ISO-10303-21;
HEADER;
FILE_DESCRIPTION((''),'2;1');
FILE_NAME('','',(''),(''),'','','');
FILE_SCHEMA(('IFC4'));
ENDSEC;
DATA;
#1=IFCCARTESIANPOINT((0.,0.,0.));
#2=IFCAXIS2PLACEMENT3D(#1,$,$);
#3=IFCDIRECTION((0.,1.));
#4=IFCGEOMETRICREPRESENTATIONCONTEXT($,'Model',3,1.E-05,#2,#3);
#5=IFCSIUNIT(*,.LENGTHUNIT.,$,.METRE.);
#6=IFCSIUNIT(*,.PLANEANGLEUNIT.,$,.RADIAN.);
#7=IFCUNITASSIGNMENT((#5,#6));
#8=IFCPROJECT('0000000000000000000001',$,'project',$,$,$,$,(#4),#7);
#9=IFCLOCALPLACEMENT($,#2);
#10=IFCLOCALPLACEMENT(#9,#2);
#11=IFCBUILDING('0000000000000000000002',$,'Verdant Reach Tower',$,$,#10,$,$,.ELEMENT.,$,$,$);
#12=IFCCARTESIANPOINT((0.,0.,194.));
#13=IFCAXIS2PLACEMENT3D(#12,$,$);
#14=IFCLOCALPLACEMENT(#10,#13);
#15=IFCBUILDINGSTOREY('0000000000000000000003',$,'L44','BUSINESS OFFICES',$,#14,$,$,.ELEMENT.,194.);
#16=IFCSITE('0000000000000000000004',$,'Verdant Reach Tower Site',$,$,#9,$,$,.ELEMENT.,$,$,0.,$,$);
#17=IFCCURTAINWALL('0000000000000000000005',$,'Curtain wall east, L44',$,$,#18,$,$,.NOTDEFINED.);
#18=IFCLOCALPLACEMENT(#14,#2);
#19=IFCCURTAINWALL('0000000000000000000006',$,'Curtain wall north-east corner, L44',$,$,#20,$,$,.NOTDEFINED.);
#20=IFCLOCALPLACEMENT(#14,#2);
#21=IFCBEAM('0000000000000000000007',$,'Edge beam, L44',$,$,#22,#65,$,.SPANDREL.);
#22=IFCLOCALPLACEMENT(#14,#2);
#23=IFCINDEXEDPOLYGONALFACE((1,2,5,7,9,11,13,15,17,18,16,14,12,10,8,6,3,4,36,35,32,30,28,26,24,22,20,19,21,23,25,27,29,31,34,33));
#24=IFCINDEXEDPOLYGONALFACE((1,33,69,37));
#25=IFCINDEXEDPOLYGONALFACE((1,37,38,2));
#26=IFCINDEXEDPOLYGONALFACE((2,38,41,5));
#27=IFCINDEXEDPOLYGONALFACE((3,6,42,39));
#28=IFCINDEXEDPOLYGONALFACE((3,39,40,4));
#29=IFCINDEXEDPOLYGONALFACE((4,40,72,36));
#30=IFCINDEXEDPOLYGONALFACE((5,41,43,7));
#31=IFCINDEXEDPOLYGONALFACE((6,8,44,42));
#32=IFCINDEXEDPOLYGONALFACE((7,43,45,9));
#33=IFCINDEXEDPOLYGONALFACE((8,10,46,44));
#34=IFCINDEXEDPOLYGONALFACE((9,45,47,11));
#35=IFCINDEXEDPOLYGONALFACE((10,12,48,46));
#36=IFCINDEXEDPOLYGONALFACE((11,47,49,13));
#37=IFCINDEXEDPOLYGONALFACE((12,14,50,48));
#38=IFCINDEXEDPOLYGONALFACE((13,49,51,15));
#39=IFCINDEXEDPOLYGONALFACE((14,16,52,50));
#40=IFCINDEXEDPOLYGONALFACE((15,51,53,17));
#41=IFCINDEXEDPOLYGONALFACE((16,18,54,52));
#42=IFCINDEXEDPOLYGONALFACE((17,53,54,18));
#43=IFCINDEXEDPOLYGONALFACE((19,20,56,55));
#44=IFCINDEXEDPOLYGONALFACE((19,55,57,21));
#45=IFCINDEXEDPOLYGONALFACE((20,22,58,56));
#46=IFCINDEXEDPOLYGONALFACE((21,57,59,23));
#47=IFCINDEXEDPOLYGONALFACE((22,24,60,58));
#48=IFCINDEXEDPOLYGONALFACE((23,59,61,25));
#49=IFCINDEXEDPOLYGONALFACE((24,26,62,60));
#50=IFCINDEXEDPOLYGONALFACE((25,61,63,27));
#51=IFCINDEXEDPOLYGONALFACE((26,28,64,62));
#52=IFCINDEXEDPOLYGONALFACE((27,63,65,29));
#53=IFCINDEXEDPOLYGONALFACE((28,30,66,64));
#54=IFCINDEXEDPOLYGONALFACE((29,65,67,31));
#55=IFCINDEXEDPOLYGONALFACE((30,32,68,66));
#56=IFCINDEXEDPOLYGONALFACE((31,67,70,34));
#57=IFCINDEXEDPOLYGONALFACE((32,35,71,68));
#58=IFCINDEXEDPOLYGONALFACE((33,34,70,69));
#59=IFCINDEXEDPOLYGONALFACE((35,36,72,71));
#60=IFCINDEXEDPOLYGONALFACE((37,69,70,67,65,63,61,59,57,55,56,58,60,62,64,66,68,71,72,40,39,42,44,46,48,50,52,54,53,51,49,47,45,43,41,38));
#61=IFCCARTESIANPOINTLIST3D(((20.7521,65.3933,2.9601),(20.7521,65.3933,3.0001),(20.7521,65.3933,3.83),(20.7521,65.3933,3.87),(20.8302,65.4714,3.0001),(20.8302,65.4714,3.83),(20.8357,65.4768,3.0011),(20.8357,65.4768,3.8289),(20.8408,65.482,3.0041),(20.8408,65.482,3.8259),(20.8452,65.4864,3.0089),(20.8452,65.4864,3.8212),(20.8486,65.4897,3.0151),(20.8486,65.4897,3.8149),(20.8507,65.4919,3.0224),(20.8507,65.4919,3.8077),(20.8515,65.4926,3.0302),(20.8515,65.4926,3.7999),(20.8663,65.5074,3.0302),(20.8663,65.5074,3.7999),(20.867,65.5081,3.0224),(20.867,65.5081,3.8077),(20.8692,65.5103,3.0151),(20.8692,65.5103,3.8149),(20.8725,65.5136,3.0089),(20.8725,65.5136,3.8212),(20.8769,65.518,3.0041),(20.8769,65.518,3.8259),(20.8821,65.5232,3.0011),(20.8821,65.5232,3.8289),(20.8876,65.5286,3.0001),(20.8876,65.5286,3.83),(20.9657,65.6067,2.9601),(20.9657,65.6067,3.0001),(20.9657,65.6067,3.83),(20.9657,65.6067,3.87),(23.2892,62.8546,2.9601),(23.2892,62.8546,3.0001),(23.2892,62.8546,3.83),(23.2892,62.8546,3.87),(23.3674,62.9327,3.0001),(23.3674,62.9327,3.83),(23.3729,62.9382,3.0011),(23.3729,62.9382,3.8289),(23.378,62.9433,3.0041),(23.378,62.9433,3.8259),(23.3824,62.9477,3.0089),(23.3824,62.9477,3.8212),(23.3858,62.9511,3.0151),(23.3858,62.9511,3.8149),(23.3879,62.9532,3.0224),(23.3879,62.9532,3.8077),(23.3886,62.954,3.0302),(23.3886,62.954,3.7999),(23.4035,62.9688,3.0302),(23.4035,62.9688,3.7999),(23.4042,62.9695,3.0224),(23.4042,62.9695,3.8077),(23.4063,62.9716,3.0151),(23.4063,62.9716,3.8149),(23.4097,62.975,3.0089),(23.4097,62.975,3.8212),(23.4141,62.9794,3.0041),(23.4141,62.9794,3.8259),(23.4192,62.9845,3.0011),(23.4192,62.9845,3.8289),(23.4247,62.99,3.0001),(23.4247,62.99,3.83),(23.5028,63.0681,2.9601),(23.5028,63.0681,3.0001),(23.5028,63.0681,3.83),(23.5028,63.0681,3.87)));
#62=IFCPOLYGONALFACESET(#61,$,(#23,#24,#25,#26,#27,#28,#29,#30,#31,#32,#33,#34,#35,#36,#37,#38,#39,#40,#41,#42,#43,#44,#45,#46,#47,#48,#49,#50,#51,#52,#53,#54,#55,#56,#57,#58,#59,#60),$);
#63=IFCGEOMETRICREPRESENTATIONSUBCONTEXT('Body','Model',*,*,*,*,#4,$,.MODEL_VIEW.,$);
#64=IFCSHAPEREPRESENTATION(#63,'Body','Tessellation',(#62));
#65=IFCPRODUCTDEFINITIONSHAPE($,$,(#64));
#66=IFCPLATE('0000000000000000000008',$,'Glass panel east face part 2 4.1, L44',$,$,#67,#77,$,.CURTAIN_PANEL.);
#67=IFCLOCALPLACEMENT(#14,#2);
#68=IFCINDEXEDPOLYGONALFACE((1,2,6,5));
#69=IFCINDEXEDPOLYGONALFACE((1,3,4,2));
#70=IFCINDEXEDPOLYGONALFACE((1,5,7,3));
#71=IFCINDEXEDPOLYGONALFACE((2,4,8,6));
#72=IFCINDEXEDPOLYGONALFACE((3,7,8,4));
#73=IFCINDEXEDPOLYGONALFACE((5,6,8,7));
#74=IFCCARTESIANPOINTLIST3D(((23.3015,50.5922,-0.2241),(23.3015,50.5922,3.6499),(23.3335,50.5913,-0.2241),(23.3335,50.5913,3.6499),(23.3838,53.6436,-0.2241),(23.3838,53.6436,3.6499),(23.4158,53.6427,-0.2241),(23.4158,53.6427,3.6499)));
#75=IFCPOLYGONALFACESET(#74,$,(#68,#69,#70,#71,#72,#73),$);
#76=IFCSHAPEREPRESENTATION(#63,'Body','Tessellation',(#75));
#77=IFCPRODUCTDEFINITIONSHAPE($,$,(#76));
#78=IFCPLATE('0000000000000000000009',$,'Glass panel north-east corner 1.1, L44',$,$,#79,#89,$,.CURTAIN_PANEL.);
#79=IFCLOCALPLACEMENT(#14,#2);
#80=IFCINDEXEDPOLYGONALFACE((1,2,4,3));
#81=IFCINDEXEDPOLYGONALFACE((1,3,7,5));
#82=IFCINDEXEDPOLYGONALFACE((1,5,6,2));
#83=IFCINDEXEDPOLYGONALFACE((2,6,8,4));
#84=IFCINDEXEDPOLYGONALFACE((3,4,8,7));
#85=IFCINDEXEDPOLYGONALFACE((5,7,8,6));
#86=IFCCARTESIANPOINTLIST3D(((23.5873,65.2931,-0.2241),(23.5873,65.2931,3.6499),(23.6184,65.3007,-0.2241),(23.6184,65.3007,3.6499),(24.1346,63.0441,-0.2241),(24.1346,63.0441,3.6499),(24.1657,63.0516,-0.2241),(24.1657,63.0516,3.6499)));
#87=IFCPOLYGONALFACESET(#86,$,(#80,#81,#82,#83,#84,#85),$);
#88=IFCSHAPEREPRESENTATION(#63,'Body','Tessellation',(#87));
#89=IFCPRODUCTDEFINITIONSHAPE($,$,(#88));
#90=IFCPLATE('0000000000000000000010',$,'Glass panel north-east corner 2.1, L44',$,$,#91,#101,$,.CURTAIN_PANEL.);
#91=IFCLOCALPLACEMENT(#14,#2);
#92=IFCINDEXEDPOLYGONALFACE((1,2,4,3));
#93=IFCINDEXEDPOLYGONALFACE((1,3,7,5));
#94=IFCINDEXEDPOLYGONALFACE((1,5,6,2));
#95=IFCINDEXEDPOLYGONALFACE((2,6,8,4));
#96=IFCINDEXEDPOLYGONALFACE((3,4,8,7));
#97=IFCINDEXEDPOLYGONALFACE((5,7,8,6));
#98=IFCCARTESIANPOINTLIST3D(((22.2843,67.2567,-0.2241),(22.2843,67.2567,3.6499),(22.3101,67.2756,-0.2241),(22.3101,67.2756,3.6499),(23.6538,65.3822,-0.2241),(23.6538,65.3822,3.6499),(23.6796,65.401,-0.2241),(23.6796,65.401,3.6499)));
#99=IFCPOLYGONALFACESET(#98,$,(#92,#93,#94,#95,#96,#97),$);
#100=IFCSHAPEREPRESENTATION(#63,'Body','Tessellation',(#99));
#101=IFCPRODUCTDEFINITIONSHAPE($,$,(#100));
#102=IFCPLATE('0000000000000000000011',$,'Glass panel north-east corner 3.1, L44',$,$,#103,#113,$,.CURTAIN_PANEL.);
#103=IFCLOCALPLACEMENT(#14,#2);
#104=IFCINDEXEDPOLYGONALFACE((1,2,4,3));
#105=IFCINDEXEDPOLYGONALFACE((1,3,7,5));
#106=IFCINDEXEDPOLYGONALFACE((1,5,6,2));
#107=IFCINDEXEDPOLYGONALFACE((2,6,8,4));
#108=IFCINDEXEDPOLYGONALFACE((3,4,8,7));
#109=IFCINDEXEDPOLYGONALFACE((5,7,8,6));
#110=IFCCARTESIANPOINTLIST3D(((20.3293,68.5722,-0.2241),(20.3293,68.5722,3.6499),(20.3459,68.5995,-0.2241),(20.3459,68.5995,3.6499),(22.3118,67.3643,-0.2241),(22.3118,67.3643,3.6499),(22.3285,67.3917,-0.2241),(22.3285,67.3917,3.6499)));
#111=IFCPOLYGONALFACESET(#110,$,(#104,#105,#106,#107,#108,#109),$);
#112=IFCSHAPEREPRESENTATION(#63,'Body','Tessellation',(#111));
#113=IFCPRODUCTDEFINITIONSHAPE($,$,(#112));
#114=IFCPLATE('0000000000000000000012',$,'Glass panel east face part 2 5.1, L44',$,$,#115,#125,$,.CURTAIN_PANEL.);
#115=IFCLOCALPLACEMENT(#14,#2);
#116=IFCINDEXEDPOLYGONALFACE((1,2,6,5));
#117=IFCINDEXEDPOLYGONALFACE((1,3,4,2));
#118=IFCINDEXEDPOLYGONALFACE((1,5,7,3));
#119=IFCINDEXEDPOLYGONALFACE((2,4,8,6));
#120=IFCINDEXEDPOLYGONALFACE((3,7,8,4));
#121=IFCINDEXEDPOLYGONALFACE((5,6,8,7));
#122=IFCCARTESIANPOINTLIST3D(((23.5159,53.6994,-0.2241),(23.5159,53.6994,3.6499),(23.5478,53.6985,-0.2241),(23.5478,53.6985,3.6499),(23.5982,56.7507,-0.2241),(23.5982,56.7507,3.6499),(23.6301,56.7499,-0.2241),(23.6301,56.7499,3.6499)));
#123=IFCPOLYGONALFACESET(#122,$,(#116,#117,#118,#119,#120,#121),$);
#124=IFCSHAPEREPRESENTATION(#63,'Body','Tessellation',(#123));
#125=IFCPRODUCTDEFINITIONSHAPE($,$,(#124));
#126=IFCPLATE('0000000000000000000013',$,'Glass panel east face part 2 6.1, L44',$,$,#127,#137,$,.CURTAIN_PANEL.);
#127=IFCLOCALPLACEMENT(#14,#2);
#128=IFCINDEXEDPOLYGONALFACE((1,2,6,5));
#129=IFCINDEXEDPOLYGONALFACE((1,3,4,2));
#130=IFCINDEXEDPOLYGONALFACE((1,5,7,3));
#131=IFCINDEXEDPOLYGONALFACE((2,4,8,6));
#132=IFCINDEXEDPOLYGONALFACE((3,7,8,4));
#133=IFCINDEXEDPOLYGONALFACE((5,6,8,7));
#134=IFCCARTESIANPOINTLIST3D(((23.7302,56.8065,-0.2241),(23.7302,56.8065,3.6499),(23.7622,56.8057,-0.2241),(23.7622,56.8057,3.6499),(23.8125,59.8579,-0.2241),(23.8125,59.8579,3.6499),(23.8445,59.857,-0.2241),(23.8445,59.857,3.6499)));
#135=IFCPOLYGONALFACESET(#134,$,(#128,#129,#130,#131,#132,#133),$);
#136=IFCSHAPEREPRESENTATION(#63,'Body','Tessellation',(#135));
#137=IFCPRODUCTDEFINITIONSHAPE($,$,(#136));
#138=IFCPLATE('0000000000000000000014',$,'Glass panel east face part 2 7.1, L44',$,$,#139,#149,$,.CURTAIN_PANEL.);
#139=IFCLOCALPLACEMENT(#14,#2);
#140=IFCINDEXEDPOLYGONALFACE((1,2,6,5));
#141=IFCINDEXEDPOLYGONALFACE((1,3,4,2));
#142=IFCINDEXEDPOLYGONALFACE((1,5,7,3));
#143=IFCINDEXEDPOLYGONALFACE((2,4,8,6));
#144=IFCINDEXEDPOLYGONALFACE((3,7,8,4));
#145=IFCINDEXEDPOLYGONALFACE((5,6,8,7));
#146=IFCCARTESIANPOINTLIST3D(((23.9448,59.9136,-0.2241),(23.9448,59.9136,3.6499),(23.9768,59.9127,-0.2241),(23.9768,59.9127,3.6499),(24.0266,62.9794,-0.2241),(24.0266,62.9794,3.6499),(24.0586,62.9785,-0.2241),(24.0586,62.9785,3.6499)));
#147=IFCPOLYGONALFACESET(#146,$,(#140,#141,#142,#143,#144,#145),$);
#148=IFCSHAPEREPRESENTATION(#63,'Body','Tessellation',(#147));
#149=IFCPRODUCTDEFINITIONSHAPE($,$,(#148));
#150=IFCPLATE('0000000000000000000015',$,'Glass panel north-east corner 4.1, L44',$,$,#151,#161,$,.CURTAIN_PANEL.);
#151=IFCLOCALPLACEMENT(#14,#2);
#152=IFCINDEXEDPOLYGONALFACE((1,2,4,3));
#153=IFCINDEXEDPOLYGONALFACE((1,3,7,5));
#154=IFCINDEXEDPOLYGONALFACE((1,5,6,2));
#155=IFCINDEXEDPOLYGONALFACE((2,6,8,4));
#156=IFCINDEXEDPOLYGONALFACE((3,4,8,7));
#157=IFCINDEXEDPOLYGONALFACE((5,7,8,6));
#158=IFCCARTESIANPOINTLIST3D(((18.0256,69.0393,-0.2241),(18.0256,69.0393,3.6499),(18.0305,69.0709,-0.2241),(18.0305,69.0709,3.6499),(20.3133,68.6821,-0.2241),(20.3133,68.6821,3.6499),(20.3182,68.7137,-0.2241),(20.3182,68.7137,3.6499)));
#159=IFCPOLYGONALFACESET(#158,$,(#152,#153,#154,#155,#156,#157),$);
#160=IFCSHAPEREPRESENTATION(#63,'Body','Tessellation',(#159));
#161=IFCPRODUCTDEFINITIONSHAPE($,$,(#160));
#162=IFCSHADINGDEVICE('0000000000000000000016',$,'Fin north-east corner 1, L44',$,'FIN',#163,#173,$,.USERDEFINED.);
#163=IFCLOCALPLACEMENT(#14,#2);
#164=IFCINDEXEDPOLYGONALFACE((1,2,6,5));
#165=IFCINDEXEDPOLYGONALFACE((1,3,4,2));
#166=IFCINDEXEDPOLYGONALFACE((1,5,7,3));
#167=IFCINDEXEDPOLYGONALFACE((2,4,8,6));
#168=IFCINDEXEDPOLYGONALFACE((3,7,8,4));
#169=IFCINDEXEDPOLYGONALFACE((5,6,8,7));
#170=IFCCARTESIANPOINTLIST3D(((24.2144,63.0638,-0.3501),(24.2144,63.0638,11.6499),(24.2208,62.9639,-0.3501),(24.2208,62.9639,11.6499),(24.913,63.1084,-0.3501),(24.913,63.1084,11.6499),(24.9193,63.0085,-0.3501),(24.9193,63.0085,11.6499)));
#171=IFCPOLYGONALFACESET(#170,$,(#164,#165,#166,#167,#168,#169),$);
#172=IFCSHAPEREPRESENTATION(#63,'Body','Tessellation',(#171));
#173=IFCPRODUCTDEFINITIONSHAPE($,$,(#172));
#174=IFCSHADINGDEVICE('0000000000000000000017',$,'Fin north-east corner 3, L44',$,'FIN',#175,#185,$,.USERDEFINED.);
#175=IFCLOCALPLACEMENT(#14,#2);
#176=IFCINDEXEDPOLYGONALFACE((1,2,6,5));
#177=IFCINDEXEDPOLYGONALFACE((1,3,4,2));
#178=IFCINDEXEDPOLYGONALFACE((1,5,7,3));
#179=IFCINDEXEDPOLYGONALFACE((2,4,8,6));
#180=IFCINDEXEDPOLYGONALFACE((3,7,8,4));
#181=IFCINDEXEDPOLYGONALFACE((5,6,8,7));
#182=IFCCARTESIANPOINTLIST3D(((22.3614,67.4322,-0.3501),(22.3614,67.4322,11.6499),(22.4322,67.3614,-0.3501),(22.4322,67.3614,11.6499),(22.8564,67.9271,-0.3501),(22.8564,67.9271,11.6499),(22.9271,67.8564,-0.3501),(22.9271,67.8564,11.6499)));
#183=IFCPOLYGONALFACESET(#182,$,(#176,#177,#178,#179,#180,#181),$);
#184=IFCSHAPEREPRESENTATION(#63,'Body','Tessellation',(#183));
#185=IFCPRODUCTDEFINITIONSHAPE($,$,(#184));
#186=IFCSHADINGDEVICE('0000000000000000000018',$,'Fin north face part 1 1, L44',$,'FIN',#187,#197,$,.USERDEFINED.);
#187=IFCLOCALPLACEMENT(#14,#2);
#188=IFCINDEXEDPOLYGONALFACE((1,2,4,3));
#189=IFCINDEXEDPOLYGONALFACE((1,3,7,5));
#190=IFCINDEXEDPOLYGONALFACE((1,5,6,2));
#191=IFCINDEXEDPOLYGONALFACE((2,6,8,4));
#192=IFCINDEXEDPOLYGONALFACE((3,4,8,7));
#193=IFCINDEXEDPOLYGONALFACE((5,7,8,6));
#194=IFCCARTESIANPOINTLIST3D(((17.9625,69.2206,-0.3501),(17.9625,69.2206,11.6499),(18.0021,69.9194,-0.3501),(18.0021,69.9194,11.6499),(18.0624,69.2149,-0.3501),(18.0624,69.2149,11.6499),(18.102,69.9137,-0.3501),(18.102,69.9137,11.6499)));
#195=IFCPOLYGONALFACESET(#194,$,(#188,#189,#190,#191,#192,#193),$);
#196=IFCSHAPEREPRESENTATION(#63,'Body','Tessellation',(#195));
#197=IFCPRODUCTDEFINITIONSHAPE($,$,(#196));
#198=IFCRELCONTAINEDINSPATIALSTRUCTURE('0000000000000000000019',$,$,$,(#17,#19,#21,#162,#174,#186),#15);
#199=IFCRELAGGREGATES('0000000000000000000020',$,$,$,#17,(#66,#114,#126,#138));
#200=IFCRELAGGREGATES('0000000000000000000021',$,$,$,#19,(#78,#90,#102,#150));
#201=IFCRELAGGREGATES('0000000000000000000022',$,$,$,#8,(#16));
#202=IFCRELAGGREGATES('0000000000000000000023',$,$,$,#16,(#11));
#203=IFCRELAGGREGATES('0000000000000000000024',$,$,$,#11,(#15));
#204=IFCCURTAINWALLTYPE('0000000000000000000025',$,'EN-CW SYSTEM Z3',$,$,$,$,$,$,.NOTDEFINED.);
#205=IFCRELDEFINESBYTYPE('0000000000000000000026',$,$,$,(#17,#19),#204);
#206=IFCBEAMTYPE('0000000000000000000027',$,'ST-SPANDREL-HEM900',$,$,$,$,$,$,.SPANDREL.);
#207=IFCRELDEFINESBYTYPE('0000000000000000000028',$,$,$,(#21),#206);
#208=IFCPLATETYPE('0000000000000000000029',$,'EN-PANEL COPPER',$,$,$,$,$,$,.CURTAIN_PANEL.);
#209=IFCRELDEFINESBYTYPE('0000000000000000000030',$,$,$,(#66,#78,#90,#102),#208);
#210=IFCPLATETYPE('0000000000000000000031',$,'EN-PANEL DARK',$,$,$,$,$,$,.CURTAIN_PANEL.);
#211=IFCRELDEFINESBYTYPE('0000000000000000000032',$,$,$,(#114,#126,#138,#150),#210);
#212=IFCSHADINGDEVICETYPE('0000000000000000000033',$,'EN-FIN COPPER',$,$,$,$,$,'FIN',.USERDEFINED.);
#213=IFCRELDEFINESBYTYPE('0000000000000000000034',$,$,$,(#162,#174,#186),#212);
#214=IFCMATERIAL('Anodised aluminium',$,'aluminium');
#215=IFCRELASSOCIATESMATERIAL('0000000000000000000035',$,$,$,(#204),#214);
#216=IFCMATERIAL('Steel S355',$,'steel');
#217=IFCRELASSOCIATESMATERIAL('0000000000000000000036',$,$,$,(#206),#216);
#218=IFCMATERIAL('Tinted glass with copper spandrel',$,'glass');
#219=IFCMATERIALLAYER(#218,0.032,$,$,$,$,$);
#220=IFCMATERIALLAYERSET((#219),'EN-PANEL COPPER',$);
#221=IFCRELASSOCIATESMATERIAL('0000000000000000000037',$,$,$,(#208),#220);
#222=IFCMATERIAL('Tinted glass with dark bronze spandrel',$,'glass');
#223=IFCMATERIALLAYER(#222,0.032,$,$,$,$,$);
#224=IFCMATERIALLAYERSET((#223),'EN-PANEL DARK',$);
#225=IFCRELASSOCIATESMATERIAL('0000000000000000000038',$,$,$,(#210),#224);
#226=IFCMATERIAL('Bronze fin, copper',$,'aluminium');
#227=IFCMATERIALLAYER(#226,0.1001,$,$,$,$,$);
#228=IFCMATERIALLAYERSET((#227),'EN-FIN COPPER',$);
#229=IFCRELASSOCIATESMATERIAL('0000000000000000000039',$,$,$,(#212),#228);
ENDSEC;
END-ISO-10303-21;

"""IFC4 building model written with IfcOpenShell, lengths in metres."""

from ifc_helpers import new_model, si_unit, direction, frame, origin, origin_2d, place, context, subcontext, project, spatial, rectangle, i_section, extrude, material, layer, layer_set, material_profile, profile_set, type_object, element, aggregate, save


model = new_model("IFC4")

# Units and contexts
model_context = context("Model", 3, precision=1e-05, world=origin(), true_north=direction((0.0, 1.0)))
body_context = subcontext(model_context, "Body", "Model", "MODEL_VIEW")
ifc_project = project(units=[si_unit("LENGTHUNIT", "METRE"), si_unit("PLANEANGLEUNIT", "RADIAN")], contexts=[model_context])

# Site, building, storey
site_placement = place(None, origin())
site = spatial("IfcSite", under=ifc_project, at=site_placement, Name="Verdant Reach Tower Site", CompositionType="ELEMENT", RefElevation=0.0)
building_placement = place(site_placement, origin())
building = spatial("IfcBuilding", under=site, at=building_placement, Name="Verdant Reach Tower", CompositionType="ELEMENT")
storey_placement = place(building_placement, frame((0.0, 0.0, 194.0)))
storey = spatial("IfcBuildingStorey", under=building, at=storey_placement, Name="L44", Description="BUSINESS OFFICES", CompositionType="ELEMENT", Elevation=194.0)

# Curtain walls
ifc_material_1 = material(Name="Anodised aluminium", Category="aluminium")
curtain_wall_type = type_object("IfcCurtainWallType", Name="EN-CW SYSTEM Z3", PredefinedType="NOTDEFINED", material=ifc_material_1)
curtain_wall_1_placement = place(storey_placement, origin())
curtain_wall_1 = element("IfcCurtainWall", 1, at=curtain_wall_1_placement, inside=storey, type_object=curtain_wall_type, Name="Curtain wall east, L44", PredefinedType="NOTDEFINED")
curtain_wall_2_placement = place(storey_placement, origin())
curtain_wall_2 = element("IfcCurtainWall", 2, at=curtain_wall_2_placement, inside=storey, type_object=curtain_wall_type, Name="Curtain wall north-east corner, L44", PredefinedType="NOTDEFINED")

# Beam
ifc_material_2 = material(Name="Steel S355", Category="steel")
ifc_material_profile_1 = material_profile(ifc_material_2, i_section(OverallWidth=0.302, OverallDepth=0.9099, WebThickness=0.021, FlangeThickness=0.04, FilletRadius=0.03, at=origin_2d()), Name="HEM 900")
ifc_profile_set_1 = profile_set([ifc_material_profile_1], Name="Steel S355")
beam_type_1 = type_object("IfcBeamType", Name="ST-SPANDREL-HEM900", PredefinedType="SPANDREL", material=ifc_profile_set_1)
beam_1_placement = place(storey_placement, frame((20.8589, 65.5, 3.415), z_axis=(0.706903, -0.707311, 0.0), x_axis=(0.707311, 0.706903, 0.0)))
element("IfcBeam", 3, at=beam_1_placement, inside=storey, type_object=beam_type_1, Name="Edge beam, L44", PredefinedType="SPANDREL", context=body_context, shape_type="SweptSolid", body=[
    extrude(i_section(OverallWidth=0.302, OverallDepth=0.9099, WebThickness=0.021, FlangeThickness=0.04, FilletRadius=0.03, at=origin_2d()), origin(), (0.0, 0.0, 1.0), 3.5891),
])

# Plates
ifc_material_3 = material(Name="Tinted glass with copper spandrel", Category="glass")
ifc_layer_1 = layer(ifc_material_3, 0.032)
ifc_layer_set_1 = layer_set([ifc_layer_1], Name="EN-PANEL COPPER")
plate_type_1 = type_object("IfcPlateType", Name="EN-PANEL COPPER", PredefinedType="CURTAIN_PANEL", material=ifc_layer_set_1)
plate_1_placement = place(storey_placement, frame((23.3586, 52.1174, -0.2241), z_axis=(0.0, 0.0, 1.0), x_axis=(0.026965, 0.999636, 0.0)))
plate_1 = element("IfcPlate", 4, at=plate_1_placement, type_object=plate_type_1, Name="Glass panel east face part 2 4.1, L44", PredefinedType="CURTAIN_PANEL", context=body_context, shape_type="SweptSolid", body=[
    extrude(rectangle(XDim=3.0525, YDim=0.032, at=origin_2d()), origin(), (0.0, 0.0, 1.0), 3.874),
])
plate_2_placement = place(storey_placement, frame((23.8765, 64.1724, -0.2241), z_axis=(0.0, 0.0, 1.0), x_axis=(-0.236446, 0.971645, 0.0)))
plate_2 = element("IfcPlate", 5, at=plate_2_placement, type_object=plate_type_1, Name="Glass panel north-east corner 1.1, L44", PredefinedType="CURTAIN_PANEL", context=body_context, shape_type="SweptSolid", body=[
    extrude(rectangle(XDim=2.3147, YDim=0.032, at=origin_2d()), origin(), (0.0, 0.0, 1.0), 3.874),
])
plate_3_placement = place(storey_placement, frame((22.9819, 66.3289, -0.2241), z_axis=(0.0, 0.0, 1.0), x_axis=(-0.589927, 0.807457, 0.0)))
plate_3 = element("IfcPlate", 6, at=plate_3_placement, type_object=plate_type_1, Name="Glass panel north-east corner 2.1, L44", PredefinedType="CURTAIN_PANEL", context=body_context, shape_type="SweptSolid", body=[
    extrude(rectangle(XDim=2.3215, YDim=0.032, at=origin_2d()), origin(), (0.0, 0.0, 1.0), 3.874),
])
plate_4_placement = place(storey_placement, frame((21.3289, 67.9819, -0.2241), z_axis=(0.0, 0.0, 1.0), x_axis=(-0.853989, 0.520292, 0.0)))
plate_4 = element("IfcPlate", 7, at=plate_4_placement, type_object=plate_type_1, Name="Glass panel north-east corner 3.1, L44", PredefinedType="CURTAIN_PANEL", context=body_context, shape_type="SweptSolid", body=[
    extrude(rectangle(XDim=2.3215, YDim=0.032, at=origin_2d()), origin(), (0.0, 0.0, 1.0), 3.874),
])
ifc_material_4 = material(Name="Tinted glass with dark bronze spandrel", Category="glass")
ifc_layer_2 = layer(ifc_material_4, 0.032)
ifc_layer_set_2 = layer_set([ifc_layer_2], Name="EN-PANEL DARK")
plate_type_2 = type_object("IfcPlateType", Name="EN-PANEL DARK", PredefinedType="CURTAIN_PANEL", material=ifc_layer_set_2)
plate_5_placement = place(storey_placement, frame((23.573, 55.2246, -0.2241), z_axis=(0.0, 0.0, 1.0), x_axis=(0.026965, 0.999636, 0.0)))
plate_5 = element("IfcPlate", 8, at=plate_5_placement, type_object=plate_type_2, Name="Glass panel east face part 2 5.1, L44", PredefinedType="CURTAIN_PANEL", context=body_context, shape_type="SweptSolid", body=[
    extrude(rectangle(XDim=3.0525, YDim=0.032, at=origin_2d()), origin(), (0.0, 0.0, 1.0), 3.874),
])
plate_6_placement = place(storey_placement, frame((23.7874, 58.3318, -0.2241), z_axis=(0.0, 0.0, 1.0), x_axis=(0.026965, 0.999636, 0.0)))
plate_6 = element("IfcPlate", 9, at=plate_6_placement, type_object=plate_type_2, Name="Glass panel east face part 2 6.1, L44", PredefinedType="CURTAIN_PANEL", context=body_context, shape_type="SweptSolid", body=[
    extrude(rectangle(XDim=3.0525, YDim=0.032, at=origin_2d()), origin(), (0.0, 0.0, 1.0), 3.874),
])
plate_7_placement = place(storey_placement, frame((24.0017, 61.446, -0.2241), z_axis=(0.0, 0.0, 1.0), x_axis=(0.02666, 0.999645, 0.0)))
plate_7 = element("IfcPlate", 10, at=plate_7_placement, type_object=plate_type_2, Name="Glass panel east face part 2 7.1, L44", PredefinedType="CURTAIN_PANEL", context=body_context, shape_type="SweptSolid", body=[
    extrude(rectangle(XDim=3.0669, YDim=0.032, at=origin_2d()), origin(), (0.0, 0.0, 1.0), 3.874),
])
aggregate(curtain_wall_1, [plate_1, plate_5, plate_6, plate_7])
plate_8_placement = place(storey_placement, frame((19.1719, 68.8765, -0.2241), z_axis=(0.0, 0.0, 1.0), x_axis=(-0.988029, 0.154268, 0.0)))
plate_8 = element("IfcPlate", 11, at=plate_8_placement, type_object=plate_type_2, Name="Glass panel north-east corner 4.1, L44", PredefinedType="CURTAIN_PANEL", context=body_context, shape_type="SweptSolid", body=[
    extrude(rectangle(XDim=2.3154, YDim=0.032, at=origin_2d()), origin(), (0.0, 0.0, 1.0), 3.874),
])
aggregate(curtain_wall_2, [plate_2, plate_3, plate_4, plate_8])

# Shading devices
ifc_material_5 = material(Name="Bronze fin, copper", Category="aluminium")
ifc_layer_3 = layer(ifc_material_5, 0.1001)
ifc_layer_set_3 = layer_set([ifc_layer_3], Name="EN-FIN COPPER")
shading_device_type_1 = type_object("IfcShadingDeviceType", Name="EN-FIN COPPER", ElementType="FIN", PredefinedType="USERDEFINED", material=ifc_layer_set_3)
for number, where, z_axis, x_axis, name in (
    (12, (24.5669, 63.0361, -0.3501), (0.0, 0.0, 1.0), (-0.063699, 0.997969, 0.0), "Fin north-east corner 1, L44"),
    (13, (22.6443, 67.6443, -0.3501), (0.0, 0.0, 1.0), (-0.707107, 0.707107, 0.0), "Fin north-east corner 3, L44"),
    (14, (18.0322, 69.5671, -0.3501), (0.0, 0.0, 1.0), (-0.998399, 0.056569, 0.0), "Fin north face part 1 1, L44"),
):
    element("IfcShadingDevice", number, at=place(storey_placement, frame(where, z_axis=z_axis, x_axis=x_axis)), inside=storey, type_object=shading_device_type_1, Name=name, ObjectType="FIN", PredefinedType="USERDEFINED", context=body_context, shape_type="SweptSolid", body=[
        extrude(rectangle(XDim=0.1001, YDim=0.7, at=origin_2d()), origin(), (0.0, 0.0, 1.0), 12.0),
    ])

save(model, "model.ifc")
